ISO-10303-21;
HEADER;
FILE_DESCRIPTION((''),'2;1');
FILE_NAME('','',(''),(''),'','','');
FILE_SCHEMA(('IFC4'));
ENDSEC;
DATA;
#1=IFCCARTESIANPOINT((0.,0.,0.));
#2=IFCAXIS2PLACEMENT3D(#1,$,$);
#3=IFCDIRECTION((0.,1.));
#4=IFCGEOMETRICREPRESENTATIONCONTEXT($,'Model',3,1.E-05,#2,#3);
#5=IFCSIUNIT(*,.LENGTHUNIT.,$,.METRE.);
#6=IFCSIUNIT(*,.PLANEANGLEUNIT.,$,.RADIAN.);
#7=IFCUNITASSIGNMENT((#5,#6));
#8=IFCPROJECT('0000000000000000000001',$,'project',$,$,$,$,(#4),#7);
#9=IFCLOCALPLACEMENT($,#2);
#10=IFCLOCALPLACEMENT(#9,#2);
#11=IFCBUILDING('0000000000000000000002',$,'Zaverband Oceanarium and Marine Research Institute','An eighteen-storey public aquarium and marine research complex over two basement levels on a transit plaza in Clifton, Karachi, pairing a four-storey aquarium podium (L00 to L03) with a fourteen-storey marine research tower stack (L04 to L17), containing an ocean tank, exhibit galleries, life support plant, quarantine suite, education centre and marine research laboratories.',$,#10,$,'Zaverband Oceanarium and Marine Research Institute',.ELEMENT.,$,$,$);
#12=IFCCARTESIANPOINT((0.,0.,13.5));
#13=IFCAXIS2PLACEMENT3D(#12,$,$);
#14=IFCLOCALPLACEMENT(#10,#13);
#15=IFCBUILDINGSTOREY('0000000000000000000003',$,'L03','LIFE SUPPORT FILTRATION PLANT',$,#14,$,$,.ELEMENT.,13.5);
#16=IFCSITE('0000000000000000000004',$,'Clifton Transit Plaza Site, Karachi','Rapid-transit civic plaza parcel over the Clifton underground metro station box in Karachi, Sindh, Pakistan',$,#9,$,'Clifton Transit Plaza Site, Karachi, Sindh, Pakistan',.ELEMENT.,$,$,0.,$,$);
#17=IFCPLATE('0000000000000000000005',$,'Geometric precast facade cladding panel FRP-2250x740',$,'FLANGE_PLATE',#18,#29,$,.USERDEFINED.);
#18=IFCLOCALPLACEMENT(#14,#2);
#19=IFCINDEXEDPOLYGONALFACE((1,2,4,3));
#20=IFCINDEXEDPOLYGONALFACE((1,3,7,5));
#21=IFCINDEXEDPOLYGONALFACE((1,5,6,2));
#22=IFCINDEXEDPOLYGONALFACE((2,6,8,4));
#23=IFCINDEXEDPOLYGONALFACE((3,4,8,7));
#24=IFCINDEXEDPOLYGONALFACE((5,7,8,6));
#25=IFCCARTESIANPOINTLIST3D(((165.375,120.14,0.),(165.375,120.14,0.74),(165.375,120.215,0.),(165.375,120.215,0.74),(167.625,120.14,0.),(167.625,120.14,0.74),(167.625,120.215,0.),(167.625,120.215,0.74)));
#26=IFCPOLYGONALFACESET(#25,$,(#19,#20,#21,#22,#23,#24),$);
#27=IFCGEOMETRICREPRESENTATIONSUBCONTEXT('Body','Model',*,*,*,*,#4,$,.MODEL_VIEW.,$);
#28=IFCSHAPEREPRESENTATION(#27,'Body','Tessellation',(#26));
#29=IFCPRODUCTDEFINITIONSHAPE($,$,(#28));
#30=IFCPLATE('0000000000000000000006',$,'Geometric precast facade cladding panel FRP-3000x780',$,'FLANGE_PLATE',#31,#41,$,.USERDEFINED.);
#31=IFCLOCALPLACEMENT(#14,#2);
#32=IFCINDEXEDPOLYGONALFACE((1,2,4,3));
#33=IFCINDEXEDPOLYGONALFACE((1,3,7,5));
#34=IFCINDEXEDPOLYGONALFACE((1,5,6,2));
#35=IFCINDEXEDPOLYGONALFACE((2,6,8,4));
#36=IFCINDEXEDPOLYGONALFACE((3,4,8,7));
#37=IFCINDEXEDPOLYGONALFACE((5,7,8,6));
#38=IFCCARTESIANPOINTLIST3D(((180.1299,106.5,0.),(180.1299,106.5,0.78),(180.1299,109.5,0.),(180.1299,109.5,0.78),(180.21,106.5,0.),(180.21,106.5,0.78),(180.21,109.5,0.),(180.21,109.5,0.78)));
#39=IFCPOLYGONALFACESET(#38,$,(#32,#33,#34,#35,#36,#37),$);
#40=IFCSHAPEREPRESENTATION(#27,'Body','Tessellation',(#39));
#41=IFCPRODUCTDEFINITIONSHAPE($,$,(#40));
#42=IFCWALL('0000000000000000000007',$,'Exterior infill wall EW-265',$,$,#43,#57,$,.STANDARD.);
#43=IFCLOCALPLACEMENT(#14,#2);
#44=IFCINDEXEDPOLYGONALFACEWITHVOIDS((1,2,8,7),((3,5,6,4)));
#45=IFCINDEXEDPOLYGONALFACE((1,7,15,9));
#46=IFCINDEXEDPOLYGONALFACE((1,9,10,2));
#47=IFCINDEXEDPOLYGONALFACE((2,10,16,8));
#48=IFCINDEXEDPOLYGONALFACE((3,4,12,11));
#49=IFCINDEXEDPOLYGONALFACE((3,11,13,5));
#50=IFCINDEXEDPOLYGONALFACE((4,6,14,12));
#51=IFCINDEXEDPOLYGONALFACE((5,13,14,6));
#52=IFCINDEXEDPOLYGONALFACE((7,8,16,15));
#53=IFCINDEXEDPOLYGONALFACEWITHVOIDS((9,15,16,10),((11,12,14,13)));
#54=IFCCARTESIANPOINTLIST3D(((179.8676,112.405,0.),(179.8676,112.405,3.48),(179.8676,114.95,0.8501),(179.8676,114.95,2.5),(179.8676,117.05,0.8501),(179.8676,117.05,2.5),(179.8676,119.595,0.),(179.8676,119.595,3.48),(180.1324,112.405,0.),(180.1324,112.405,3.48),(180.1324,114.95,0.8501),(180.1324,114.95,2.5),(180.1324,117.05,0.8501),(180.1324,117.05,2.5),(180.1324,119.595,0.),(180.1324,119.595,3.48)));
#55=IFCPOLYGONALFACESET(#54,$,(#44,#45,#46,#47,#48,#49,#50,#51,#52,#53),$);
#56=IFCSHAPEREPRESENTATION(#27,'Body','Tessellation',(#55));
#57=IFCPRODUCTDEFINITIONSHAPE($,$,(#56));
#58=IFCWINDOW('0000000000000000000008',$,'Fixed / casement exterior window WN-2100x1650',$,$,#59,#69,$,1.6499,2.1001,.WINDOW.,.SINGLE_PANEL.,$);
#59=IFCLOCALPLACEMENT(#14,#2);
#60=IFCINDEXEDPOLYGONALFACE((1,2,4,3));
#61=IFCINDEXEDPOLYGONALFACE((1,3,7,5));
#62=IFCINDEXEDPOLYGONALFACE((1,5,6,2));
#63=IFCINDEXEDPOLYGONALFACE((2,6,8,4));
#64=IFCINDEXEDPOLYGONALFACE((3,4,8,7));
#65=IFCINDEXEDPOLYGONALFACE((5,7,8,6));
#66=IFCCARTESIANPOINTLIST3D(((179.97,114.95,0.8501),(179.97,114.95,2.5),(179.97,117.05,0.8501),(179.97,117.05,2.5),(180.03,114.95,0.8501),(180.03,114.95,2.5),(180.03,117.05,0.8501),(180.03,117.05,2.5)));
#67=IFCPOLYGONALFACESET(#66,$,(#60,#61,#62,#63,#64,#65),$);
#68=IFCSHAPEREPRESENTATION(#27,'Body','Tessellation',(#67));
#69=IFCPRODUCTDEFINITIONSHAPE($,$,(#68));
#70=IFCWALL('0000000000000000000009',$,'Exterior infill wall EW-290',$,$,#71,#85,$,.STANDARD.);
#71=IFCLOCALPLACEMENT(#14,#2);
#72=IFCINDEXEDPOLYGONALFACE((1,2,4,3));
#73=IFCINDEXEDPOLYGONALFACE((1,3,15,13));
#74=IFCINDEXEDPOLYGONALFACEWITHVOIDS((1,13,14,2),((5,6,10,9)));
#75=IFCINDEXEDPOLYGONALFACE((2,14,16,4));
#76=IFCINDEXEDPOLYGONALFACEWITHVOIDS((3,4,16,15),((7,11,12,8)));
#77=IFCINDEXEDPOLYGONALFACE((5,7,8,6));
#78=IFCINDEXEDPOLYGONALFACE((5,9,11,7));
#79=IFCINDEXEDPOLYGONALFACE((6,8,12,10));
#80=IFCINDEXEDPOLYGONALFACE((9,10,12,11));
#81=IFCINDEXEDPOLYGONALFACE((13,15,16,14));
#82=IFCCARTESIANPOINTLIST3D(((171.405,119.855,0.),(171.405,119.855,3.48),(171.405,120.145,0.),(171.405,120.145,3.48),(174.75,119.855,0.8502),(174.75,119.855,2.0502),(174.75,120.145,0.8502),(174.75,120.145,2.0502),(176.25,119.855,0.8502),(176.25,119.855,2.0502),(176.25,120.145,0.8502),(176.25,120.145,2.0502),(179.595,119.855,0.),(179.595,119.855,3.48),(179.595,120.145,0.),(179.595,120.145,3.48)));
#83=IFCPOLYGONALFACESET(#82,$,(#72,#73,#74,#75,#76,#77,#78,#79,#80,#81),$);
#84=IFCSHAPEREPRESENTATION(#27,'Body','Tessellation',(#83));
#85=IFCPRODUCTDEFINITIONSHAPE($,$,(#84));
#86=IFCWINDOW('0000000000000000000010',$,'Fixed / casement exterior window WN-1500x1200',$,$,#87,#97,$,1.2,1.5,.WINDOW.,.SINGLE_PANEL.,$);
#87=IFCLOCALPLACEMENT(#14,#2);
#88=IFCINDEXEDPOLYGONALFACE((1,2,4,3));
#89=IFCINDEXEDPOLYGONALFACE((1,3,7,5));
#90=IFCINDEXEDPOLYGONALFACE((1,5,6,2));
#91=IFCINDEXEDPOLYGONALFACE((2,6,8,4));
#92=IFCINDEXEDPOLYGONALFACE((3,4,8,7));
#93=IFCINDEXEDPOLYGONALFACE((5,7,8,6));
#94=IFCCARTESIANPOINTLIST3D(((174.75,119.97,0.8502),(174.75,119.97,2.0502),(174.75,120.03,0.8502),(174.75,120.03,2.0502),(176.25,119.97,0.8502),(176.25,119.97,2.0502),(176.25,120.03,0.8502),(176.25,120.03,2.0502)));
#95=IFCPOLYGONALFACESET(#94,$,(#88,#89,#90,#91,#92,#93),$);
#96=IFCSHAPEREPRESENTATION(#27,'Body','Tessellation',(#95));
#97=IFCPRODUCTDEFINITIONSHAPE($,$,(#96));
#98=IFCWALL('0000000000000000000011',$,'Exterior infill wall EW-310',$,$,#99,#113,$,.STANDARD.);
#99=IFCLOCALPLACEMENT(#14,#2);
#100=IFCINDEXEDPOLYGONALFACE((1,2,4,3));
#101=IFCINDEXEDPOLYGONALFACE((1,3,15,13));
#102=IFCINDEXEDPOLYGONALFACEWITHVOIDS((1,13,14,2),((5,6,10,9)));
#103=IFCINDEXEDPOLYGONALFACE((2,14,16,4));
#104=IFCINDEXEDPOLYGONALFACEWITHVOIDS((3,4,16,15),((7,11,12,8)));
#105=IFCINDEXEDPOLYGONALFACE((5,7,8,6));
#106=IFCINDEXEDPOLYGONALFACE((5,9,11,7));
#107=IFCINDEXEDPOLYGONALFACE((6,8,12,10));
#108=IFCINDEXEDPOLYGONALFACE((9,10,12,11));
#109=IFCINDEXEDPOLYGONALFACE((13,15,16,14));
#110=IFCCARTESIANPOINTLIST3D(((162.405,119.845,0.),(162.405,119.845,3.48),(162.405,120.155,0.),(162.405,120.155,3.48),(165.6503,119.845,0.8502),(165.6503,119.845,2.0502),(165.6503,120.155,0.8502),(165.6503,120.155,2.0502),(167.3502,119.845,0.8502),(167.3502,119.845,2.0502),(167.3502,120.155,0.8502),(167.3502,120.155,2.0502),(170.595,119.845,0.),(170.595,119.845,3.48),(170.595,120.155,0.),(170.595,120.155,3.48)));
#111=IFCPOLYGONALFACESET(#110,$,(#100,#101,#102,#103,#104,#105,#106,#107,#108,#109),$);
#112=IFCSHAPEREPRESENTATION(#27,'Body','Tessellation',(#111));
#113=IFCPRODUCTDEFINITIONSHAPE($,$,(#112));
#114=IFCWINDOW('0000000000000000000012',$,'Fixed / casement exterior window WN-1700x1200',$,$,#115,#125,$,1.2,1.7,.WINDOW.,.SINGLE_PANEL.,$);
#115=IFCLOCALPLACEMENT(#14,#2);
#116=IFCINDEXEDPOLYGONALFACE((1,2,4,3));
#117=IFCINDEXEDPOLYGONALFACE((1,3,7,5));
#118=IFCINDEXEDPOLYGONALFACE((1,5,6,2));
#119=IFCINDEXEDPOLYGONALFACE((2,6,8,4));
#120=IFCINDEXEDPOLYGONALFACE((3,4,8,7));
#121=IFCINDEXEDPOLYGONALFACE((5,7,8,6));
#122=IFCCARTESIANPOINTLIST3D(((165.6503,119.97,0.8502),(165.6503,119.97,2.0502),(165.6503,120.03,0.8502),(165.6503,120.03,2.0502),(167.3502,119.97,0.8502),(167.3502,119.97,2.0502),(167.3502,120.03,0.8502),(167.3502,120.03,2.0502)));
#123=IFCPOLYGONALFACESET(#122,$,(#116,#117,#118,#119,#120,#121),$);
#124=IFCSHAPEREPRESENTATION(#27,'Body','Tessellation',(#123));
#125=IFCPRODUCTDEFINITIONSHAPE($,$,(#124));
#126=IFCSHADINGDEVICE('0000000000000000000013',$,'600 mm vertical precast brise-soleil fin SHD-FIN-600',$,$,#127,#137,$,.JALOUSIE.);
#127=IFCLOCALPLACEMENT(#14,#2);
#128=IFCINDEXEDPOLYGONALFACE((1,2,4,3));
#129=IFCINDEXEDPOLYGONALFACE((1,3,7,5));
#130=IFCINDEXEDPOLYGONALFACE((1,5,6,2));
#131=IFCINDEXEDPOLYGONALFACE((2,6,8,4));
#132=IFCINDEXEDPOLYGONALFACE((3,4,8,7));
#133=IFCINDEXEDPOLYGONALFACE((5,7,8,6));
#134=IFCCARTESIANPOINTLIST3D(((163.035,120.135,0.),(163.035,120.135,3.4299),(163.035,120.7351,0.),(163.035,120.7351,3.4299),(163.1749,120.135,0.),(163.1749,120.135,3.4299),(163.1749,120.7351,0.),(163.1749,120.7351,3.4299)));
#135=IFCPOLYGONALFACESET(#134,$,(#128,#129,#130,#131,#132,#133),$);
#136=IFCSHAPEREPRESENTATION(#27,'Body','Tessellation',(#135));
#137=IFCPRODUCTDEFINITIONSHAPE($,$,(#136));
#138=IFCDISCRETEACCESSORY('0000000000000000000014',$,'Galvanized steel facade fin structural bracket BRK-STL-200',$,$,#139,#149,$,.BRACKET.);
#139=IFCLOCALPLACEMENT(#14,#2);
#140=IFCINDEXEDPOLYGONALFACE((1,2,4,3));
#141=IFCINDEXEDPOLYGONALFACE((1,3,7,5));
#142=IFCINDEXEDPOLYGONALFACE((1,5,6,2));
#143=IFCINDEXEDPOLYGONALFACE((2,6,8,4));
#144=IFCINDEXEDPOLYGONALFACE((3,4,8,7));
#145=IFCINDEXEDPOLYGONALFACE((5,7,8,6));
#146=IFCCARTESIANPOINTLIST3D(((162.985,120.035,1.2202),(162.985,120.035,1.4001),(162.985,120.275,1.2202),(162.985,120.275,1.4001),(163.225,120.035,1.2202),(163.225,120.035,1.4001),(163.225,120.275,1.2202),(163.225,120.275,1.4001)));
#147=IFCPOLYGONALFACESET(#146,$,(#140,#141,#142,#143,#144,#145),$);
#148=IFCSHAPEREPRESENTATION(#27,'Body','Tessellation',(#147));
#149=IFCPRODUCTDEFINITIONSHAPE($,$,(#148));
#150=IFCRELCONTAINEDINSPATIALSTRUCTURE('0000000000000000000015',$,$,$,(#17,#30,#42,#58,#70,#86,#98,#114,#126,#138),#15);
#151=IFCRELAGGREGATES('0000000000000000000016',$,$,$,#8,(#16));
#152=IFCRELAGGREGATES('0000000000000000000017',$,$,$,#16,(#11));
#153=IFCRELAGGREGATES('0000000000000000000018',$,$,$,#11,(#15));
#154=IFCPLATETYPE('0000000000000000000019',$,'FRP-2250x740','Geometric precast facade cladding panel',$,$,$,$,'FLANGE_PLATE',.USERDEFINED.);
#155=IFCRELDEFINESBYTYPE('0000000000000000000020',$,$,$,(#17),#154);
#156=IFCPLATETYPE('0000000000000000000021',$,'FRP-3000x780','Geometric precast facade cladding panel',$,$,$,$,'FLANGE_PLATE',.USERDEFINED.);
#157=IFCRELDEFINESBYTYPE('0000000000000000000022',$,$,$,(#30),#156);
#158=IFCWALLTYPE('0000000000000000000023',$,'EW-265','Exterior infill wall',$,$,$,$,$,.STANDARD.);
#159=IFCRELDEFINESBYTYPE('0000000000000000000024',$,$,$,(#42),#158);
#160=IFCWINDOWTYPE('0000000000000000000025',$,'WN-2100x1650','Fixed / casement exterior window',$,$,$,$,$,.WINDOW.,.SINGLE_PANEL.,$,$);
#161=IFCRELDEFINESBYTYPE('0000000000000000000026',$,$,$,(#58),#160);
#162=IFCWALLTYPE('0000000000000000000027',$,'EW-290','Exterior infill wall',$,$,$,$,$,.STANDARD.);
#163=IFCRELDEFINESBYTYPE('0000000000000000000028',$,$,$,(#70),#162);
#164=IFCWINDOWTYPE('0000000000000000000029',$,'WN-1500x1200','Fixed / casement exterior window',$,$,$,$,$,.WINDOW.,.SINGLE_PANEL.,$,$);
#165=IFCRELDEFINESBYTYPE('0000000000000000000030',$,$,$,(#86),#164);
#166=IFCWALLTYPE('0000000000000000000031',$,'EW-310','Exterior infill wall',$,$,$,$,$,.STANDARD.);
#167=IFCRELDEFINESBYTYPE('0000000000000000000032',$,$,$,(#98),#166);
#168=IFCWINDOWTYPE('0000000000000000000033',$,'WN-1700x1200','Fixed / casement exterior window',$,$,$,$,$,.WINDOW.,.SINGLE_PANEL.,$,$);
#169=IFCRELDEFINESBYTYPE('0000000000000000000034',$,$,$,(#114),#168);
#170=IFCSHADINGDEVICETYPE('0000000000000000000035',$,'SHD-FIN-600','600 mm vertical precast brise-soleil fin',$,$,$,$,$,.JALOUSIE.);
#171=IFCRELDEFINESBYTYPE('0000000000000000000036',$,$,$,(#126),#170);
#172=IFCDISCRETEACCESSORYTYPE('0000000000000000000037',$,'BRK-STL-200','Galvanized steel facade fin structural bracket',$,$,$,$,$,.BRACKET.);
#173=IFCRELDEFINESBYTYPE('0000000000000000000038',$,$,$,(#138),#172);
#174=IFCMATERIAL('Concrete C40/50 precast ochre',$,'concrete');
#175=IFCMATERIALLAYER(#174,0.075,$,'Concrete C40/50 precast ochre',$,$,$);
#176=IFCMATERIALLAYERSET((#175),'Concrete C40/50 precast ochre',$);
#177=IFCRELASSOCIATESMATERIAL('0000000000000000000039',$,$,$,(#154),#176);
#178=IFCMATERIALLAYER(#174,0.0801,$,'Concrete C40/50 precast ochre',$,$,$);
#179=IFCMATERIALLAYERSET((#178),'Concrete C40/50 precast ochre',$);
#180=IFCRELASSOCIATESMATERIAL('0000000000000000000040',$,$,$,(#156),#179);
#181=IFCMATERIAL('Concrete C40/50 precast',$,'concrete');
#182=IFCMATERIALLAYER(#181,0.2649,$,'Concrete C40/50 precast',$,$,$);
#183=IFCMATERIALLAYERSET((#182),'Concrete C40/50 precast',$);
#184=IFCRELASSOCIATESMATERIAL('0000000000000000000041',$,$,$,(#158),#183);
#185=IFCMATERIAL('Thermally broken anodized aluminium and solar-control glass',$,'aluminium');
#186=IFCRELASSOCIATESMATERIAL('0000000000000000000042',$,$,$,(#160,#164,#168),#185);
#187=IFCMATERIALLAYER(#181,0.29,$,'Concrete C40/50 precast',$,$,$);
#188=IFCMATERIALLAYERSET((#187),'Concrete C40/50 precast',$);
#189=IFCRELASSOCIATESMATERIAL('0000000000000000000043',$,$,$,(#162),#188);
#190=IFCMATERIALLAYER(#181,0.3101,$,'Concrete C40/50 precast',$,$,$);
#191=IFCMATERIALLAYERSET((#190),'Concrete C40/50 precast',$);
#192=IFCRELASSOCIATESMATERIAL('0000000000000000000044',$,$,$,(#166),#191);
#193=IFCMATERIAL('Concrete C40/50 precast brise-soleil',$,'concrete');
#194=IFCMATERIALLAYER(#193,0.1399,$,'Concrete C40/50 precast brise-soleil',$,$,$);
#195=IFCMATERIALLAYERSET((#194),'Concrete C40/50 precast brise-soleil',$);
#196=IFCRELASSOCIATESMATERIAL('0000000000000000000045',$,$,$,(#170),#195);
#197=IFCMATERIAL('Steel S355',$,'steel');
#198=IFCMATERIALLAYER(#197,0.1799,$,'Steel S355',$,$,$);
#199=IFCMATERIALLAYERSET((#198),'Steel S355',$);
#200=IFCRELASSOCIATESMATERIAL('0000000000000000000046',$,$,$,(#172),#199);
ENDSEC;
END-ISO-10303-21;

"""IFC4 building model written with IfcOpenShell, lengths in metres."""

from ifc_helpers import new_model, si_unit, direction, frame, frame_2d, origin, origin_2d, place, context, subcontext, project, spatial, rectangle, extrude, material, layer, layer_set, type_object, element, fill, save


model = new_model("IFC4")

# Units and contexts
model_context = context("Model", 3, precision=1e-05, world=origin(), true_north=direction((0.0, 1.0)))
body_context = subcontext(model_context, "Body", "Model", "MODEL_VIEW")
ifc_project = project(units=[si_unit("LENGTHUNIT", "METRE"), si_unit("PLANEANGLEUNIT", "RADIAN")], contexts=[model_context])

# Site, building, storey
site_placement = place(None, origin())
site = spatial("IfcSite", under=ifc_project, at=site_placement, Name="Clifton Transit Plaza Site, Karachi", Description="Rapid-transit civic plaza parcel over the Clifton underground metro station box in Karachi, Sindh, Pakistan", LongName="Clifton Transit Plaza Site, Karachi, Sindh, Pakistan", CompositionType="ELEMENT", RefElevation=0.0)
building_placement = place(site_placement, origin())
building = spatial("IfcBuilding", under=site, at=building_placement, Name="Zaverband Oceanarium and Marine Research Institute", Description="An eighteen-storey public aquarium and marine research complex over two basement levels on a transit plaza in Clifton, Karachi, pairing a four-storey aquarium podium (L00 to L03) with a fourteen-storey marine research tower stack (L04 to L17), containing an ocean tank, exhibit galleries, life support plant, quarantine suite, education centre and marine research laboratories.", LongName="Zaverband Oceanarium and Marine Research Institute", CompositionType="ELEMENT")
storey_placement = place(building_placement, frame((0.0, 0.0, 13.5)))
storey = spatial("IfcBuildingStorey", under=building, at=storey_placement, Name="L03", Description="LIFE SUPPORT FILTRATION PLANT", CompositionType="ELEMENT", Elevation=13.5)

# Plates
ifc_material_1 = material(Name="Concrete C40/50 precast ochre", Category="concrete")
ifc_layer_1 = layer(ifc_material_1, 0.075, Name="Concrete C40/50 precast ochre")
ifc_layer_set_1 = layer_set([ifc_layer_1], Name="Concrete C40/50 precast ochre")
plate_type_1 = type_object("IfcPlateType", Name="FRP-2250x740", Description="Geometric precast facade cladding panel", ElementType="FLANGE_PLATE", PredefinedType="USERDEFINED", material=ifc_layer_set_1)
plate_1_placement = place(storey_placement, frame((165.375, 120.1775, 0.0), z_axis=(0.0, 0.0, 1.0), x_axis=(1.0, 0.0, 0.0)))
element("IfcPlate", 1, at=plate_1_placement, inside=storey, type_object=plate_type_1, Name="Geometric precast facade cladding panel FRP-2250x740", ObjectType="FLANGE_PLATE", PredefinedType="USERDEFINED", context=body_context, shape_type="SweptSolid", body=[
    extrude(rectangle(XDim=2.25, YDim=0.075, at=frame_2d((1.125, 0.0))), origin(), (0.0, 0.0, 1.0), 0.74),
])
ifc_layer_2 = layer(ifc_material_1, 0.0801, Name="Concrete C40/50 precast ochre")
ifc_layer_set_2 = layer_set([ifc_layer_2], Name="Concrete C40/50 precast ochre")
plate_type_2 = type_object("IfcPlateType", Name="FRP-3000x780", Description="Geometric precast facade cladding panel", ElementType="FLANGE_PLATE", PredefinedType="USERDEFINED", material=ifc_layer_set_2)
plate_2_placement = place(storey_placement, frame((180.1699, 106.5, 0.0), z_axis=(0.0, 0.0, 1.0), x_axis=(0.0, 1.0, 0.0)))
element("IfcPlate", 2, at=plate_2_placement, inside=storey, type_object=plate_type_2, Name="Geometric precast facade cladding panel FRP-3000x780", ObjectType="FLANGE_PLATE", PredefinedType="USERDEFINED", context=body_context, shape_type="SweptSolid", body=[
    extrude(rectangle(XDim=3.0, YDim=0.0801, at=frame_2d((1.5, 0.0))), origin(), (0.0, 0.0, 1.0), 0.78),
])

# Walls, openings, windows
ifc_material_2 = material(Name="Concrete C40/50 precast", Category="concrete")
ifc_layer_3 = layer(ifc_material_2, 0.2649, Name="Concrete C40/50 precast")
ifc_layer_set_3 = layer_set([ifc_layer_3], Name="Concrete C40/50 precast")
wall_type_1 = type_object("IfcWallType", Name="EW-265", Description="Exterior infill wall", PredefinedType="STANDARD", material=ifc_layer_set_3)
wall_1_placement = place(storey_placement, frame((180.0, 112.405, 0.0), z_axis=(0.0, 0.0, 1.0), x_axis=(0.0, 1.0, 0.0)))
wall_1 = element("IfcWall", 3, at=wall_1_placement, inside=storey, type_object=wall_type_1, Name="Exterior infill wall EW-265", PredefinedType="STANDARD", context=body_context, shape_type="SweptSolid", body=[
    extrude(rectangle(XDim=7.1899, YDim=0.2649, at=frame_2d((3.595, 0.0))), origin(), (0.0, 0.0, 1.0), 3.48),
])
opening_1_placement = place(wall_1_placement, frame((2.5449, 0.0, 0.8501)))
opening_1 = element("IfcOpeningElement", 4, at=opening_1_placement, cuts=wall_1, PredefinedType="OPENING", context=body_context, shape_type="SweptSolid", body=[
    extrude(rectangle(XDim=2.1001, YDim=1.6499, at=frame_2d((1.05, 0.825))), frame((0.0, 0.1445, 0.0), z_axis=(0.0, -1.0, 0.0), x_axis=(1.0, 0.0, 0.0)), (0.0, 0.0, 1.0), 0.2888),
])
ifc_material_3 = material(Name="Thermally broken anodized aluminium and solar-control glass", Category="aluminium")
window_type_1 = type_object("IfcWindowType", Name="WN-2100x1650", Description="Fixed / casement exterior window", PartitioningType="SINGLE_PANEL", PredefinedType="WINDOW", material=ifc_material_3)
window_1_placement = place(opening_1_placement, origin())
window_1 = element("IfcWindow", 5, at=window_1_placement, inside=storey, type_object=window_type_1, Name="Fixed / casement exterior window WN-2100x1650", OverallHeight=1.6499, OverallWidth=2.1001, PartitioningType="SINGLE_PANEL", PredefinedType="WINDOW", context=body_context, shape_type="SweptSolid", body=[
    extrude(rectangle(XDim=2.1001, YDim=1.6499, at=frame_2d((1.05, 0.825))), frame((0.0, 0.03, 0.0), z_axis=(0.0, -1.0, 0.0), x_axis=(1.0, 0.0, 0.0)), (0.0, 0.0, 1.0), 0.0601),
])
fill(opening_1, window_1)
ifc_layer_4 = layer(ifc_material_2, 0.29, Name="Concrete C40/50 precast")
ifc_layer_set_4 = layer_set([ifc_layer_4], Name="Concrete C40/50 precast")
wall_type_2 = type_object("IfcWallType", Name="EW-290", Description="Exterior infill wall", PredefinedType="STANDARD", material=ifc_layer_set_4)
wall_2_placement = place(storey_placement, frame((171.405, 120.0, 0.0), z_axis=(0.0, 0.0, 1.0), x_axis=(1.0, 0.0, 0.0)))
wall_2 = element("IfcWall", 6, at=wall_2_placement, inside=storey, type_object=wall_type_2, Name="Exterior infill wall EW-290", PredefinedType="STANDARD", context=body_context, shape_type="SweptSolid", body=[
    extrude(rectangle(XDim=8.1899, YDim=0.29, at=frame_2d((4.095, 0.0))), origin(), (0.0, 0.0, 1.0), 3.48),
])
opening_2_placement = place(wall_2_placement, frame((3.345, 0.0, 0.8501)))
opening_2 = element("IfcOpeningElement", 7, at=opening_2_placement, cuts=wall_2, PredefinedType="OPENING", context=body_context, shape_type="SweptSolid", body=[
    extrude(rectangle(XDim=1.5, YDim=1.2, at=frame_2d((0.75, 0.6001))), frame((0.0, 0.157, 0.0), z_axis=(0.0, -1.0, 0.0), x_axis=(1.0, 0.0, 0.0)), (0.0, 0.0, 1.0), 0.314),
])
window_type_2 = type_object("IfcWindowType", Name="WN-1500x1200", Description="Fixed / casement exterior window", PartitioningType="SINGLE_PANEL", PredefinedType="WINDOW", material=ifc_material_3)
window_2_placement = place(opening_2_placement, origin())
window_2 = element("IfcWindow", 8, at=window_2_placement, inside=storey, type_object=window_type_2, Name="Fixed / casement exterior window WN-1500x1200", OverallHeight=1.2, OverallWidth=1.5, PartitioningType="SINGLE_PANEL", PredefinedType="WINDOW", context=body_context, shape_type="SweptSolid", body=[
    extrude(rectangle(XDim=1.5, YDim=1.2, at=frame_2d((0.75, 0.6001))), frame((0.0, 0.03, 0.0), z_axis=(0.0, -1.0, 0.0), x_axis=(1.0, 0.0, 0.0)), (0.0, 0.0, 1.0), 0.0601),
])
fill(opening_2, window_2)
ifc_layer_5 = layer(ifc_material_2, 0.3101, Name="Concrete C40/50 precast")
ifc_layer_set_5 = layer_set([ifc_layer_5], Name="Concrete C40/50 precast")
wall_type_3 = type_object("IfcWallType", Name="EW-310", Description="Exterior infill wall", PredefinedType="STANDARD", material=ifc_layer_set_5)
wall_3_placement = place(storey_placement, frame((162.405, 120.0, 0.0), z_axis=(0.0, 0.0, 1.0), x_axis=(1.0, 0.0, 0.0)))
wall_3 = element("IfcWall", 9, at=wall_3_placement, inside=storey, type_object=wall_type_3, Name="Exterior infill wall EW-310", PredefinedType="STANDARD", context=body_context, shape_type="SweptSolid", body=[
    extrude(rectangle(XDim=8.1899, YDim=0.3101, at=frame_2d((4.095, 0.0))), origin(), (0.0, 0.0, 1.0), 3.48),
])
opening_3_placement = place(wall_3_placement, frame((3.2451, 0.0, 0.8501)))
opening_3 = element("IfcOpeningElement", 10, at=opening_3_placement, cuts=wall_3, PredefinedType="OPENING", context=body_context, shape_type="SweptSolid", body=[
    extrude(rectangle(XDim=1.7, YDim=1.2, at=frame_2d((0.8501, 0.6001))), frame((0.0, 0.167, 0.0), z_axis=(0.0, -1.0, 0.0), x_axis=(1.0, 0.0, 0.0)), (0.0, 0.0, 1.0), 0.334),
])
window_type_3 = type_object("IfcWindowType", Name="WN-1700x1200", Description="Fixed / casement exterior window", PartitioningType="SINGLE_PANEL", PredefinedType="WINDOW", material=ifc_material_3)
window_3_placement = place(opening_3_placement, origin())
window_3 = element("IfcWindow", 11, at=window_3_placement, inside=storey, type_object=window_type_3, Name="Fixed / casement exterior window WN-1700x1200", OverallHeight=1.2, OverallWidth=1.7, PartitioningType="SINGLE_PANEL", PredefinedType="WINDOW", context=body_context, shape_type="SweptSolid", body=[
    extrude(rectangle(XDim=1.7, YDim=1.2, at=frame_2d((0.8501, 0.6001))), frame((0.0, 0.03, 0.0), z_axis=(0.0, -1.0, 0.0), x_axis=(1.0, 0.0, 0.0)), (0.0, 0.0, 1.0), 0.0601),
])
fill(opening_3, window_3)

# Shading device
ifc_material_4 = material(Name="Concrete C40/50 precast brise-soleil", Category="concrete")
ifc_layer_6 = layer(ifc_material_4, 0.1399, Name="Concrete C40/50 precast brise-soleil")
ifc_layer_set_6 = layer_set([ifc_layer_6], Name="Concrete C40/50 precast brise-soleil")
shading_device_type = type_object("IfcShadingDeviceType", Name="SHD-FIN-600", Description="600 mm vertical precast brise-soleil fin", PredefinedType="JALOUSIE", material=ifc_layer_set_6)
shading_device_placement = place(storey_placement, frame((163.105, 120.135, 0.0), z_axis=(0.0, 0.0, 1.0), x_axis=(0.0, 1.0, 0.0)))
element("IfcShadingDevice", 12, at=shading_device_placement, inside=storey, type_object=shading_device_type, Name="600 mm vertical precast brise-soleil fin SHD-FIN-600", PredefinedType="JALOUSIE", context=body_context, shape_type="SweptSolid", body=[
    extrude(rectangle(XDim=0.6001, YDim=0.1399, at=frame_2d((0.3, 0.0))), origin(), (0.0, 0.0, 1.0), 3.4299),
])

# Discrete accessory
ifc_material_5 = material(Name="Steel S355", Category="steel")
ifc_layer_7 = layer(ifc_material_5, 0.1799, Name="Steel S355")
ifc_layer_set_7 = layer_set([ifc_layer_7], Name="Steel S355")
discrete_accessory_type = type_object("IfcDiscreteAccessoryType", Name="BRK-STL-200", Description="Galvanized steel facade fin structural bracket", PredefinedType="BRACKET", material=ifc_layer_set_7)
discrete_accessory_placement = place(storey_placement, frame((163.105, 120.155, 1.2202), z_axis=(0.0, 0.0, 1.0), x_axis=(1.0, 0.0, 0.0)))
element("IfcDiscreteAccessory", 13, at=discrete_accessory_placement, inside=storey, type_object=discrete_accessory_type, Name="Galvanized steel facade fin structural bracket BRK-STL-200", PredefinedType="BRACKET", context=body_context, shape_type="SweptSolid", body=[
    extrude(rectangle(XDim=0.24, YDim=0.24, at=origin_2d()), origin(), (0.0, 0.0, 1.0), 0.1799),
])

save(model, "model.ifc")
